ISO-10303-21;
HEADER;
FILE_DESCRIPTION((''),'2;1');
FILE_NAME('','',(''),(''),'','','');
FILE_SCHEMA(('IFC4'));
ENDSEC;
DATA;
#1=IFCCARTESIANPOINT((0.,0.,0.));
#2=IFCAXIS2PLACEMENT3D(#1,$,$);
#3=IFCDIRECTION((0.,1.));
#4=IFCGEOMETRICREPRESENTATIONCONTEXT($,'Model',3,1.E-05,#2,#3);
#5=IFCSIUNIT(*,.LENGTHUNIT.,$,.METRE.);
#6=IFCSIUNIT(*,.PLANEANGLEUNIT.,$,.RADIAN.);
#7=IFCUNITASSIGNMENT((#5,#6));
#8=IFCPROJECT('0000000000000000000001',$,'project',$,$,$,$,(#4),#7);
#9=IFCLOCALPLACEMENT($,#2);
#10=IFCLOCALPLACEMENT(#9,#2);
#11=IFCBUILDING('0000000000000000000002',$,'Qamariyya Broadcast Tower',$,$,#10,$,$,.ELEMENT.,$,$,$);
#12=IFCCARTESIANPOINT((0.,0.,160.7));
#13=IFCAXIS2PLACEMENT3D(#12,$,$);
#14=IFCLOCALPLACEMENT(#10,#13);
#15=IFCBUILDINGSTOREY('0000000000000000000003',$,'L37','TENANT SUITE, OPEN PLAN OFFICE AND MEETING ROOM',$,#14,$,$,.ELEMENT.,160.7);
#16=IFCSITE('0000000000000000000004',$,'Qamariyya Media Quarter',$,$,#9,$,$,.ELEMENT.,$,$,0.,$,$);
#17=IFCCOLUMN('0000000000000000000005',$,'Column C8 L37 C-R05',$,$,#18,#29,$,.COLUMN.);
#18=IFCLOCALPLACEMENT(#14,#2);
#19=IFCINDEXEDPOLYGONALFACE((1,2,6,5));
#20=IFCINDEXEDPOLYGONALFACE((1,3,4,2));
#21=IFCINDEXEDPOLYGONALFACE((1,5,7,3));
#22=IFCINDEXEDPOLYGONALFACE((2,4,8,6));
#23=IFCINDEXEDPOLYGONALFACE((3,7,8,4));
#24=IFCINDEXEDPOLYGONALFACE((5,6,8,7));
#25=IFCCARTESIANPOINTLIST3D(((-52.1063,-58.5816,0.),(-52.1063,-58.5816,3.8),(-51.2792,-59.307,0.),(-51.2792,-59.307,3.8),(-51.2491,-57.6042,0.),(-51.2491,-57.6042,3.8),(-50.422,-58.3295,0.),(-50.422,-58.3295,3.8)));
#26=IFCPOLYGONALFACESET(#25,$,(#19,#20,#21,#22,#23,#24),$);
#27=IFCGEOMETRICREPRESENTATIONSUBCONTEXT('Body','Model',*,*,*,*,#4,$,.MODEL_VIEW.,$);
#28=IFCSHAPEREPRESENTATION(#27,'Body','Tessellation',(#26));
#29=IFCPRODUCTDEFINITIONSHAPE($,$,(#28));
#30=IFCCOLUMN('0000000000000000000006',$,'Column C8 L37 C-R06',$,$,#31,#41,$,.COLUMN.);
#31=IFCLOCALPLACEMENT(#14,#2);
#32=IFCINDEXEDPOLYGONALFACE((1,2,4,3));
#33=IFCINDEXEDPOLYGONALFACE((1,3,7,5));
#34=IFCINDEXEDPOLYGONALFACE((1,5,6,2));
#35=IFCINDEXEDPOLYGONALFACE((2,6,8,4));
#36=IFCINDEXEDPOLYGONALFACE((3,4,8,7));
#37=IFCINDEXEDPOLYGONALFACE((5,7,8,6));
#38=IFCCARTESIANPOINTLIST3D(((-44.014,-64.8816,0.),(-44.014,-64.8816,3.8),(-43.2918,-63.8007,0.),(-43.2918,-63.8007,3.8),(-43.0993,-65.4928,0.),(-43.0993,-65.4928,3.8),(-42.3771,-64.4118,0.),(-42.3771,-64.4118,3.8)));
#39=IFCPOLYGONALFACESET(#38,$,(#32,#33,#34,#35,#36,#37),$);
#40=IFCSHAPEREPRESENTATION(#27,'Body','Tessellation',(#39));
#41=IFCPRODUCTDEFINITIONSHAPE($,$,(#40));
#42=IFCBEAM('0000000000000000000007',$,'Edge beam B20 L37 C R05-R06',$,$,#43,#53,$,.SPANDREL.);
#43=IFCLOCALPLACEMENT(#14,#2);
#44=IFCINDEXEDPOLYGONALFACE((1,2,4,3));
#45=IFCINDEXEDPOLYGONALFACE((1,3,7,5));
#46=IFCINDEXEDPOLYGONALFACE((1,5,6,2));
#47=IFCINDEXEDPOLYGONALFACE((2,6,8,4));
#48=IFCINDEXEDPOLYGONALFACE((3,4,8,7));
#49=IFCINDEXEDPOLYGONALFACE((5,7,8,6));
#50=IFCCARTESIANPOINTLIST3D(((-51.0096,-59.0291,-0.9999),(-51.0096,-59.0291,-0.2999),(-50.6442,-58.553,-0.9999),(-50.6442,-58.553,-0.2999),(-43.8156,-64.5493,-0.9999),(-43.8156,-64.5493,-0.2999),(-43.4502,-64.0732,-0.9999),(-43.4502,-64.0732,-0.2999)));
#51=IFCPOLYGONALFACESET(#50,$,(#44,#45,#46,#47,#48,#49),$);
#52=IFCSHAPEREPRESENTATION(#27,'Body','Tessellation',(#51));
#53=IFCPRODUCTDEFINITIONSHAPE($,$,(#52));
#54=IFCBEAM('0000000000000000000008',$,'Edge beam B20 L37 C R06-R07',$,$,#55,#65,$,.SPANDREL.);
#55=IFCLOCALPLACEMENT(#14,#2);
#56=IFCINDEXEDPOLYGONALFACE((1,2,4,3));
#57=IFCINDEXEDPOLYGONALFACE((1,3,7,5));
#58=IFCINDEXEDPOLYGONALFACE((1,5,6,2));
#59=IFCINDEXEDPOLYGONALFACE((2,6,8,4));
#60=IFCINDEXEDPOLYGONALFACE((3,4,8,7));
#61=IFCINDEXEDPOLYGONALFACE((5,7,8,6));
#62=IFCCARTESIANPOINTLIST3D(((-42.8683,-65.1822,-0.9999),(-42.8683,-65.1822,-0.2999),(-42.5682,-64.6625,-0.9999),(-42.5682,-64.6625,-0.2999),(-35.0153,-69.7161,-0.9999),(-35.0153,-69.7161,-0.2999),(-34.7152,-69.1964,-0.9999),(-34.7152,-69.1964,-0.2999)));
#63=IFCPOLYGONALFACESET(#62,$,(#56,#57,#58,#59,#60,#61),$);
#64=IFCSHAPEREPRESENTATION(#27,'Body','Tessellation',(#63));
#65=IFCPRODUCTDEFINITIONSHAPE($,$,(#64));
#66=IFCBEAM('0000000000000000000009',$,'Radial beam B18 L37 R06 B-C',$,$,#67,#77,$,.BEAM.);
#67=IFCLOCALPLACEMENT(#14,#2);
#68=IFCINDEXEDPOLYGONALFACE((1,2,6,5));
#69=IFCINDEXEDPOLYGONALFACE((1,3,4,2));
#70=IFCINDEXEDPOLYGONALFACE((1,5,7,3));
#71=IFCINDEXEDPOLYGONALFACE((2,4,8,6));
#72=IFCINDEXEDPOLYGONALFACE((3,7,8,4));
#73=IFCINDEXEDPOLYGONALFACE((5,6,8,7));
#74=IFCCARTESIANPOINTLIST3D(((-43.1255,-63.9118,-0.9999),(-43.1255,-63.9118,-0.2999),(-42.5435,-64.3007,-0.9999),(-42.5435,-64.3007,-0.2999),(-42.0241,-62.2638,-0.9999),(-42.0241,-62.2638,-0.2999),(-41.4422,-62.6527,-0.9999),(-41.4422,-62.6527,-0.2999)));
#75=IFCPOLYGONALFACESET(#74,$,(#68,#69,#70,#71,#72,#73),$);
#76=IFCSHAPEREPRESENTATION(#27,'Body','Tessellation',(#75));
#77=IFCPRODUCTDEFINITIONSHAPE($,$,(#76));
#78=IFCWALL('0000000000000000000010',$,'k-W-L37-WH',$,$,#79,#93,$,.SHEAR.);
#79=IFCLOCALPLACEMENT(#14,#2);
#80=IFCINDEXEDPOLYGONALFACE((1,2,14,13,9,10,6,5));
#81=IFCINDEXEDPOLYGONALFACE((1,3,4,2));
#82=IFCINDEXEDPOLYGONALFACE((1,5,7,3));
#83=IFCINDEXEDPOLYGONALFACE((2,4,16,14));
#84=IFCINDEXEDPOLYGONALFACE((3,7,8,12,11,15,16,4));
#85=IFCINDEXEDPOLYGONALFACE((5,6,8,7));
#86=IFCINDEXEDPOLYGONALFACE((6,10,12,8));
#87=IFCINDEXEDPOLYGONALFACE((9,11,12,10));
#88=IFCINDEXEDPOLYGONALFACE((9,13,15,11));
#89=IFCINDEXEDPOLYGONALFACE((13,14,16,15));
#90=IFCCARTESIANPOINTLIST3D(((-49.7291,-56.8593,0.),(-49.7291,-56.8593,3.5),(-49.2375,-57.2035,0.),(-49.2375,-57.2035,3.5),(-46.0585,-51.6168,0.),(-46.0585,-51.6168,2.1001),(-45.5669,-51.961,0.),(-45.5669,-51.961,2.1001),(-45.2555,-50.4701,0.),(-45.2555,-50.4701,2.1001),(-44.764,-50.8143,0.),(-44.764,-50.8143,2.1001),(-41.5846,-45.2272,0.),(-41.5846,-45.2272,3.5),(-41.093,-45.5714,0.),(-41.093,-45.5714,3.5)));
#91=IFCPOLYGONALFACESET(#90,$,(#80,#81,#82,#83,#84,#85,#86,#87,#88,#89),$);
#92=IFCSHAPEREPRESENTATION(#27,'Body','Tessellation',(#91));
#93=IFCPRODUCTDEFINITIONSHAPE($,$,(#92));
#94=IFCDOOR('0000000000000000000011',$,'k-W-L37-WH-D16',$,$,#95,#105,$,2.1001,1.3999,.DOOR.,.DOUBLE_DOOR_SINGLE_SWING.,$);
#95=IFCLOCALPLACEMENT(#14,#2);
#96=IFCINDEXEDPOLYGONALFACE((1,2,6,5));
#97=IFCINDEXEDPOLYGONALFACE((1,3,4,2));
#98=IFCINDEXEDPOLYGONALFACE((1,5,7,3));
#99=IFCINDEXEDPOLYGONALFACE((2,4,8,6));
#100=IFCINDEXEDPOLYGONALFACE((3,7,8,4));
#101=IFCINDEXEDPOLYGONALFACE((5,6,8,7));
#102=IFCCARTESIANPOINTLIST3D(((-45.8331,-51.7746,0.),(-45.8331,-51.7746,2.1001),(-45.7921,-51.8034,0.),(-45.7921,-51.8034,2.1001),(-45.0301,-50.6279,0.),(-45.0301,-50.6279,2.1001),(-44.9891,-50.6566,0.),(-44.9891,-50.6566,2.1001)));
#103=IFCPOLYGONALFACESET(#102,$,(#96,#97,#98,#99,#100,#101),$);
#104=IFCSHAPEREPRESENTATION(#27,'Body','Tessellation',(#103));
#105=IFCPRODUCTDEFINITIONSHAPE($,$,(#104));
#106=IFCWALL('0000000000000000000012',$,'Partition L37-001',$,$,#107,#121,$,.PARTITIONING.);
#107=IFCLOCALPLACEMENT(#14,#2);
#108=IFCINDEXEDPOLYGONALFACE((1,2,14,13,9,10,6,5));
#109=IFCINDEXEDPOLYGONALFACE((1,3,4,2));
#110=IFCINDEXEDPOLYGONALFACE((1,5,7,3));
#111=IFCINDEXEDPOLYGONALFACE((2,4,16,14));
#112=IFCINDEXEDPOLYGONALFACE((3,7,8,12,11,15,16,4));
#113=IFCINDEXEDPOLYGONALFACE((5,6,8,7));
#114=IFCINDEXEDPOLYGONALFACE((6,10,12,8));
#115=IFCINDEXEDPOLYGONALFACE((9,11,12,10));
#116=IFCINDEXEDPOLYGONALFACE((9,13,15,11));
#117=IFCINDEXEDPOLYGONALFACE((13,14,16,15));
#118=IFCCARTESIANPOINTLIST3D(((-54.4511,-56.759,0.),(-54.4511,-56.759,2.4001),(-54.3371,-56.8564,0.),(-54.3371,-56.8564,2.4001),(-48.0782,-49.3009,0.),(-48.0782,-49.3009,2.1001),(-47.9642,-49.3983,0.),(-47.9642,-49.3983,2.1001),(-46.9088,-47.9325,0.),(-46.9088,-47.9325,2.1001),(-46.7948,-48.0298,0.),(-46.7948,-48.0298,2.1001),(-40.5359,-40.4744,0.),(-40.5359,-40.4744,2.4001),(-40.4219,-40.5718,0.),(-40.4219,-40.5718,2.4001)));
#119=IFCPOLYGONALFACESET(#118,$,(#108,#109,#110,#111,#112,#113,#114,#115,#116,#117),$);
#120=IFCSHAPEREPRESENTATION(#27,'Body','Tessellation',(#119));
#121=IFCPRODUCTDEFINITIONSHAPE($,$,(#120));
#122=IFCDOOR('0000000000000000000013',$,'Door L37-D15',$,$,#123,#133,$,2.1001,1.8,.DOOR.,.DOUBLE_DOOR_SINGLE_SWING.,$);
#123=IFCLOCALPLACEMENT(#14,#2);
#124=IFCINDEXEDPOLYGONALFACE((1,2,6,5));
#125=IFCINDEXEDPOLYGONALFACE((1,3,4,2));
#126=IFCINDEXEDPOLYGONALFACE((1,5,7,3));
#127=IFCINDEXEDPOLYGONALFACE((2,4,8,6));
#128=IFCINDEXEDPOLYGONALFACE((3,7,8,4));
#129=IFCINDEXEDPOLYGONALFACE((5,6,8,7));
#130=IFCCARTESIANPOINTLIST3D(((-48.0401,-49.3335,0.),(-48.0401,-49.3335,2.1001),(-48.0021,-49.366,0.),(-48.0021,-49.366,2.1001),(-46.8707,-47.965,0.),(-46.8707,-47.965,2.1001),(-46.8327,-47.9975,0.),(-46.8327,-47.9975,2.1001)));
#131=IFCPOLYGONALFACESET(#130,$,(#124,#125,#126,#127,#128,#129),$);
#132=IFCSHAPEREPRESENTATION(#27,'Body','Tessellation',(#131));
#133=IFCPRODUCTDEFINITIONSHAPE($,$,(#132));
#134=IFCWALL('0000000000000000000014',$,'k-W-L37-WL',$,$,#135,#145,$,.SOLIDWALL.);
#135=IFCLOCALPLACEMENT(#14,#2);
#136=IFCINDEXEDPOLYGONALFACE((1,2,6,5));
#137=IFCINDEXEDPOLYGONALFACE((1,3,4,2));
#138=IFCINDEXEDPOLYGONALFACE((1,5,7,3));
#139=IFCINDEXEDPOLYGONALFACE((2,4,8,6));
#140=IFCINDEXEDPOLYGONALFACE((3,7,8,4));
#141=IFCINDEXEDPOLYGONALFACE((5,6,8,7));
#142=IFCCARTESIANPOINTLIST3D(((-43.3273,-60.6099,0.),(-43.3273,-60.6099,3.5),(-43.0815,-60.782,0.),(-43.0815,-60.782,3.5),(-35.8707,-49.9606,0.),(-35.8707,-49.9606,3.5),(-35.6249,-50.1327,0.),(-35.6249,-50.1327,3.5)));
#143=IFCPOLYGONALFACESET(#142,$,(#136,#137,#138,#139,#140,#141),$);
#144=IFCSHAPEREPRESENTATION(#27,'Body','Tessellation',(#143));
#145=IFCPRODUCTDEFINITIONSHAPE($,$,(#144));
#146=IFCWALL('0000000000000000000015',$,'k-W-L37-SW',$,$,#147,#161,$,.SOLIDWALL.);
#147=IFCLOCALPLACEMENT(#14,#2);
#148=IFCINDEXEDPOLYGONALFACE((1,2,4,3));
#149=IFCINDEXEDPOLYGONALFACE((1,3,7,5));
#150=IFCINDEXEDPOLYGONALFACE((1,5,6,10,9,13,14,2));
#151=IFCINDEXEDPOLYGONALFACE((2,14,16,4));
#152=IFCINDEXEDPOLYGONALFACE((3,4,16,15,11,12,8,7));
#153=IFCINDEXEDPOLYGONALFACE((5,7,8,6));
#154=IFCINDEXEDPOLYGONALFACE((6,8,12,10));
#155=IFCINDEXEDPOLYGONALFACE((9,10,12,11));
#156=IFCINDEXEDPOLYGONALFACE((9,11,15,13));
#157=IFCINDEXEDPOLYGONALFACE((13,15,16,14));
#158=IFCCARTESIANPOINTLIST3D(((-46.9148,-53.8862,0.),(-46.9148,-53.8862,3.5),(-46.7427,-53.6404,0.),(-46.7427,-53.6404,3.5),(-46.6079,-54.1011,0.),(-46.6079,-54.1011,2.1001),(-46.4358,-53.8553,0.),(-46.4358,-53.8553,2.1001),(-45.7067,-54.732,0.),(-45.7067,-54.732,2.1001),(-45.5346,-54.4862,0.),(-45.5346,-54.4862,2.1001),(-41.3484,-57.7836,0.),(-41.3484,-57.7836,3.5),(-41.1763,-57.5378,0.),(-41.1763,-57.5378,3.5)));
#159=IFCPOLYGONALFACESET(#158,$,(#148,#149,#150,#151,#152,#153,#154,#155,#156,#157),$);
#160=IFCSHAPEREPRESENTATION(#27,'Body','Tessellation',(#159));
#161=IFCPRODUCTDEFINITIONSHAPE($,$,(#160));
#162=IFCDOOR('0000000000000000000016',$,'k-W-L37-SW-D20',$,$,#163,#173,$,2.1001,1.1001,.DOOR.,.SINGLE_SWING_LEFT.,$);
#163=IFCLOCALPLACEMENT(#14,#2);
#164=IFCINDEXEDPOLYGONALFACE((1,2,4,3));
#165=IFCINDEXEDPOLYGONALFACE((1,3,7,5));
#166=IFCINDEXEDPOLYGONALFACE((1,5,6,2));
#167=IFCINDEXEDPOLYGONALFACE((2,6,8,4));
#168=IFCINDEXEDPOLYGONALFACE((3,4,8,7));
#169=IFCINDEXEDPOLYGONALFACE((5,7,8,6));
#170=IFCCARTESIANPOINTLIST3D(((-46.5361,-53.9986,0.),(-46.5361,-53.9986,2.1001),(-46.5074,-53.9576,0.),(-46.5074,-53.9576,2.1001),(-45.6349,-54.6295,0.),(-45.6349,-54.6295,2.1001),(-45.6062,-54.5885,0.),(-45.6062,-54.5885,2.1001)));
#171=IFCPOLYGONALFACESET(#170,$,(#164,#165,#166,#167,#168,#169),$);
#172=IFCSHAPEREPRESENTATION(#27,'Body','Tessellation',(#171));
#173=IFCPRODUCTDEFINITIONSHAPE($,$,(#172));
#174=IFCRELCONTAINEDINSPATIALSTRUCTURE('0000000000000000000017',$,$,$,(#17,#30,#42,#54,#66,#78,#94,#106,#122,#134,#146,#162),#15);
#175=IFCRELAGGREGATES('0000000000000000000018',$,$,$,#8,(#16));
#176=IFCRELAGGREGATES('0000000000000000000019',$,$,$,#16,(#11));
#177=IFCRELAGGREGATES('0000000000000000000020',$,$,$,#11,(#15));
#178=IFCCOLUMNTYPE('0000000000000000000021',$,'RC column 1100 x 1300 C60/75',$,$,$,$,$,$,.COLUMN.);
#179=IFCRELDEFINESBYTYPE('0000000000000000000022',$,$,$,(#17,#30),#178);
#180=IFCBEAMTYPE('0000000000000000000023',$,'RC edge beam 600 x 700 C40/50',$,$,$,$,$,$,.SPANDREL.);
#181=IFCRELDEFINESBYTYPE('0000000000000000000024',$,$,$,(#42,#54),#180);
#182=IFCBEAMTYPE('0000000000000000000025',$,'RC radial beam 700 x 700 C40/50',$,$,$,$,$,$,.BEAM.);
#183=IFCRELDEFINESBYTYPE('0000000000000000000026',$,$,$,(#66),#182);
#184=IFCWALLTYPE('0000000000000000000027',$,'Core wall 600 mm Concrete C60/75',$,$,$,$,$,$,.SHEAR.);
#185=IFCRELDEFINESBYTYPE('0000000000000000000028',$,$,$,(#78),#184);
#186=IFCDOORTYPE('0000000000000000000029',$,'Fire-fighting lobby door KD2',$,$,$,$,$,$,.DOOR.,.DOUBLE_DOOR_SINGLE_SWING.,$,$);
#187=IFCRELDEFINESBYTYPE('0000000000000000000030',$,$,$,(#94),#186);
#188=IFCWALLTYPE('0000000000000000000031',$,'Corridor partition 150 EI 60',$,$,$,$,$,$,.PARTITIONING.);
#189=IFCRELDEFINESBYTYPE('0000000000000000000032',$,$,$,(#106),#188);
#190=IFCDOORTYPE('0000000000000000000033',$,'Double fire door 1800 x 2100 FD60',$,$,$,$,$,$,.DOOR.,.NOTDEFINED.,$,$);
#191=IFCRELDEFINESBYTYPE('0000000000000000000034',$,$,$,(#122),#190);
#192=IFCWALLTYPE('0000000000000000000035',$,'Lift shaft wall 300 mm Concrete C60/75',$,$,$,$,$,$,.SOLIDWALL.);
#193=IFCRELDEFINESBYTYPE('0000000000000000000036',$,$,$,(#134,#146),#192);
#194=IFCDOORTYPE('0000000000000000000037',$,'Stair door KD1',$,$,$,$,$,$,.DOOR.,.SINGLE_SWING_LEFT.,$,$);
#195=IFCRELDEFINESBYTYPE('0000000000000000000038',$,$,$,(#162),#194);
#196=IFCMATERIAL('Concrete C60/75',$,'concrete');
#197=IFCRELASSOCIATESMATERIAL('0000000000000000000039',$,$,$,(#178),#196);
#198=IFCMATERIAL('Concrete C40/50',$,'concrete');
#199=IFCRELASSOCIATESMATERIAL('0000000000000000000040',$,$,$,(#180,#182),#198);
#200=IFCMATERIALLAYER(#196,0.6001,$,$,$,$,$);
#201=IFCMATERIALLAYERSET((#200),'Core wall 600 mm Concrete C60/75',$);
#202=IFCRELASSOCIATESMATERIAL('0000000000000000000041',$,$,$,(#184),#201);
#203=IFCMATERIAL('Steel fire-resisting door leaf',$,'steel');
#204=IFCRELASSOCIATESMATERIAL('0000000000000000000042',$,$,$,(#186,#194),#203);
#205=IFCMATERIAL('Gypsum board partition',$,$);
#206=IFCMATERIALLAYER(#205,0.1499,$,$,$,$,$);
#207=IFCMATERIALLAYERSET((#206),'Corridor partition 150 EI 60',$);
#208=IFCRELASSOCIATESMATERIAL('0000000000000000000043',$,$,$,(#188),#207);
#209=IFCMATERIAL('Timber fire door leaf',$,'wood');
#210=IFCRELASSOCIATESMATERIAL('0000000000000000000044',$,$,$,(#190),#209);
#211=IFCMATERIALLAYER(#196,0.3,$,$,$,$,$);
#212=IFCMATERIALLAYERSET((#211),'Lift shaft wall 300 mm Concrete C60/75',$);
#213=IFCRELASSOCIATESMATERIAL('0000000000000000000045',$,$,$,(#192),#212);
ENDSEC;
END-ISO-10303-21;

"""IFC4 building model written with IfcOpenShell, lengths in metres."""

from ifc_helpers import new_model, si_unit, direction, frame, frame_2d, origin, origin_2d, place, context, subcontext, project, spatial, rectangle, extrude, material, layer, layer_set, material_profile, profile_set, type_object, element, fill, save


model = new_model("IFC4")

# Units and contexts
model_context = context("Model", 3, precision=1e-05, world=origin(), true_north=direction((0.0, 1.0)))
body_context = subcontext(model_context, "Body", "Model", "MODEL_VIEW")
ifc_project = project(units=[si_unit("LENGTHUNIT", "METRE"), si_unit("PLANEANGLEUNIT", "RADIAN")], contexts=[model_context])

# Site, building, storey
site_placement = place(None, origin())
site = spatial("IfcSite", under=ifc_project, at=site_placement, Name="Qamariyya Media Quarter", CompositionType="ELEMENT", RefElevation=0.0)
building_placement = place(site_placement, origin())
building = spatial("IfcBuilding", under=site, at=building_placement, Name="Qamariyya Broadcast Tower", CompositionType="ELEMENT")
storey_placement = place(building_placement, frame((0.0, 0.0, 160.7)))
storey = spatial("IfcBuildingStorey", under=building, at=storey_placement, Name="L37", Description="TENANT SUITE, OPEN PLAN OFFICE AND MEETING ROOM", CompositionType="ELEMENT", Elevation=160.7)

# Columns
ifc_material_1 = material(Name="Concrete C60/75", Category="concrete")
ifc_material_profile_1 = material_profile(ifc_material_1, rectangle(XDim=1.1001, YDim=1.3, at=origin_2d()))
ifc_profile_set_1 = profile_set([ifc_material_profile_1], Name="Concrete C60/75")
column_type = type_object("IfcColumnType", Name="RC column 1100 x 1300 C60/75", PredefinedType="COLUMN", material=ifc_profile_set_1)
for number, where, z_axis, x_axis, name in (
    (1, (-51.2642, -58.4556, 0.0), (0.0, 0.0, 1.0), (0.75184, -0.659346, 0.0), "Column C8 L37 C-R05"),
    (2, (-43.1956, -64.6467, 0.0), (0.0, 0.0, 1.0), (0.83147, -0.55557, 0.0), "Column C8 L37 C-R06"),
):
    element("IfcColumn", number, at=place(storey_placement, frame(where, z_axis=z_axis, x_axis=x_axis)), inside=storey, type_object=column_type, Name=name, PredefinedType="COLUMN", context=body_context, shape_type="SweptSolid", body=[
        extrude(rectangle(XDim=1.1001, YDim=1.3, at=origin_2d()), origin(), (0.0, 0.0, 1.0), 3.8),
    ])

# Beams
ifc_material_2 = material(Name="Concrete C40/50", Category="concrete")
ifc_material_profile_2 = material_profile(ifc_material_2, rectangle(XDim=0.6001, YDim=0.7, at=origin_2d()))
ifc_profile_set_2 = profile_set([ifc_material_profile_2], Name="Concrete C40/50")
beam_type_1 = type_object("IfcBeamType", Name="RC edge beam 600 x 700 C40/50", PredefinedType="SPANDREL", material=ifc_profile_set_2)
for number, where, z_axis, x_axis, name in (
    (3, (-50.8269, -58.791, -0.6499), (0.793351, -0.608764, 0.0), (0.608764, 0.793351, 0.0), "Edge beam B20 L37 C R05-R06"),
    (4, (-42.7183, -64.9224, -0.6499), (0.866026, -0.499999, 0.0), (0.499999, 0.866026, 0.0), "Edge beam B20 L37 C R06-R07"),
):
    element("IfcBeam", number, at=place(storey_placement, frame(where, z_axis=z_axis, x_axis=x_axis)), inside=storey, type_object=beam_type_1, Name=name, PredefinedType="SPANDREL", context=body_context, shape_type="SweptSolid", body=[
        extrude(rectangle(XDim=0.6001, YDim=0.7, at=origin_2d()), origin(), (0.0, 0.0, 1.0), 9.0679),
    ])
ifc_material_profile_3 = material_profile(ifc_material_2, rectangle(XDim=0.7, YDim=0.7, at=origin_2d()))
ifc_profile_set_3 = profile_set([ifc_material_profile_3], Name="Concrete C40/50")
beam_type_2 = type_object("IfcBeamType", Name="RC radial beam 700 x 700 C40/50", PredefinedType="BEAM", material=ifc_profile_set_3)
beam_placement = place(storey_placement, frame((-41.7332, -62.4583, -0.6499), z_axis=(-0.555638, -0.831424, 0.0), x_axis=(0.831424, -0.555638, 0.0)))
element("IfcBeam", 5, at=beam_placement, inside=storey, type_object=beam_type_2, Name="Radial beam B18 L37 R06 B-C", PredefinedType="BEAM", context=body_context, shape_type="SweptSolid", body=[
    extrude(rectangle(XDim=0.7, YDim=0.7, at=origin_2d()), origin(), (0.0, 0.0, 1.0), 1.9822),
])

# Walls, openings, doors
ifc_layer_1 = layer(ifc_material_1, 0.6001)
ifc_layer_set_1 = layer_set([ifc_layer_1], Name="Core wall 600 mm Concrete C60/75")
wall_type_1 = type_object("IfcWallType", Name="Core wall 600 mm Concrete C60/75", PredefinedType="SHEAR", material=ifc_layer_set_1)
wall_1_placement = place(storey_placement, frame((-49.4834, -57.0315, 0.0), z_axis=(0.0, 0.0, 1.0), x_axis=(0.57356, 0.819163, 0.0)))
wall_1 = element("IfcWall", 6, at=wall_1_placement, inside=storey, type_object=wall_type_1, Name="k-W-L37-WH", PredefinedType="SHEAR", context=body_context, shape_type="SweptSolid", body=[
    extrude(rectangle(XDim=14.2, YDim=0.6001, at=frame_2d((7.1001, 0.0))), origin(), (0.0, 0.0, 1.0), 3.5),
])
opening_1_placement = place(wall_1_placement, frame((6.3999, 0.0, 0.0)))
opening_1 = element("IfcOpeningElement", 7, at=opening_1_placement, cuts=wall_1, PredefinedType="OPENING", context=body_context, shape_type="SweptSolid", body=[
    extrude(rectangle(XDim=1.3999, YDim=2.1001, at=frame_2d((0.7, 1.05))), frame((0.0, 0.3101, 0.0), z_axis=(0.0, -1.0, 0.0), x_axis=(1.0, 0.0, 0.0)), (0.0, 0.0, 1.0), 0.6201),
])
ifc_material_3 = material(Name="Steel fire-resisting door leaf", Category="steel")
door_type_1 = type_object("IfcDoorType", Name="Fire-fighting lobby door KD2", OperationType="DOUBLE_DOOR_SINGLE_SWING", PredefinedType="DOOR", material=ifc_material_3)
door_1_placement = place(opening_1_placement, origin())
door_1 = element("IfcDoor", 8, at=door_1_placement, inside=storey, type_object=door_type_1, Name="k-W-L37-WH-D16", OperationType="DOUBLE_DOOR_SINGLE_SWING", OverallHeight=2.1001, OverallWidth=1.3999, PredefinedType="DOOR", context=body_context, shape_type="SweptSolid", body=[
    extrude(rectangle(XDim=1.3999, YDim=2.1001, at=frame_2d((0.7, 1.05))), frame((0.0, 0.0249, 0.0), z_axis=(0.0, -1.0, 0.0), x_axis=(1.0, 0.0, 0.0)), (0.0, 0.0, 1.0), 0.05),
])
fill(opening_1, door_1)
ifc_material_4 = material(Name="Gypsum board partition")
ifc_layer_2 = layer(ifc_material_4, 0.1499)
ifc_layer_set_2 = layer_set([ifc_layer_2], Name="Corridor partition 150 EI 60")
wall_type_2 = type_object("IfcWallType", Name="Corridor partition 150 EI 60", PredefinedType="PARTITIONING", material=ifc_layer_set_2)
wall_2_placement = place(storey_placement, frame((-54.394, -56.8076, 0.0), z_axis=(0.0, 0.0, 1.0), x_axis=(0.649633, 0.760248, 0.0)))
wall_2 = element("IfcWall", 9, at=wall_2_placement, inside=storey, type_object=wall_type_2, Name="Partition L37-001", PredefinedType="PARTITIONING", context=body_context, shape_type="SweptSolid", body=[
    extrude(rectangle(XDim=21.4202, YDim=0.1499, at=frame_2d((10.71, 0.0))), origin(), (0.0, 0.0, 1.0), 2.4001),
])
opening_2_placement = place(wall_2_placement, frame((9.8101, 0.0, 0.0)))
opening_2 = element("IfcOpeningElement", 10, at=opening_2_placement, cuts=wall_2, PredefinedType="OPENING", context=body_context, shape_type="SweptSolid", body=[
    extrude(rectangle(XDim=1.8, YDim=2.1001, at=frame_2d((0.8999, 1.05))), frame((0.0, 0.085, 0.0), z_axis=(0.0, -1.0, 0.0), x_axis=(1.0, 0.0, 0.0)), (0.0, 0.0, 1.0), 0.1699),
])
ifc_material_5 = material(Name="Timber fire door leaf", Category="wood")
door_type_2 = type_object("IfcDoorType", Name="Double fire door 1800 x 2100 FD60", OperationType="NOTDEFINED", PredefinedType="DOOR", material=ifc_material_5)
door_2_placement = place(opening_2_placement, origin())
door_2 = element("IfcDoor", 11, at=door_2_placement, inside=storey, type_object=door_type_2, Name="Door L37-D15", OperationType="DOUBLE_DOOR_SINGLE_SWING", OverallHeight=2.1001, OverallWidth=1.8, PredefinedType="DOOR", context=body_context, shape_type="SweptSolid", body=[
    extrude(rectangle(XDim=1.8, YDim=2.1001, at=frame_2d((0.8999, 1.05))), frame((0.0, 0.0249, 0.0), z_axis=(0.0, -1.0, 0.0), x_axis=(1.0, 0.0, 0.0)), (0.0, 0.0, 1.0), 0.05),
])
fill(opening_2, door_2)

# Wall
ifc_layer_3 = layer(ifc_material_1, 0.3)
ifc_layer_set_3 = layer_set([ifc_layer_3], Name="Lift shaft wall 300 mm Concrete C60/75")
wall_type_3 = type_object("IfcWallType", Name="Lift shaft wall 300 mm Concrete C60/75", PredefinedType="SOLIDWALL", material=ifc_layer_set_3)
wall_3_placement = place(storey_placement, frame((-43.2043, -60.6958, 0.0), z_axis=(0.0, 0.0, 1.0), x_axis=(0.573572, 0.819155, 0.0)))
element("IfcWall", 12, at=wall_3_placement, inside=storey, type_object=wall_type_3, Name="k-W-L37-WL", PredefinedType="SOLIDWALL", context=body_context, shape_type="SweptSolid", body=[
    extrude(rectangle(XDim=13.0002, YDim=0.3, at=frame_2d((6.5, 0.0))), origin(), (0.0, 0.0, 1.0), 3.5),
])

# Wall, opening, door
wall_4_placement = place(storey_placement, frame((-41.2625, -57.6606, 0.0), z_axis=(0.0, 0.0, 1.0), x_axis=(-0.819164, 0.573559, 0.0)))
wall_4 = element("IfcWall", 13, at=wall_4_placement, inside=storey, type_object=wall_type_3, Name="k-W-L37-SW", PredefinedType="SOLIDWALL", context=body_context, shape_type="SweptSolid", body=[
    extrude(rectangle(XDim=6.7952, YDim=0.3, at=frame_2d((3.3975, 0.0))), origin(), (0.0, 0.0, 1.0), 3.5),
])
opening_3_placement = place(wall_4_placement, frame((5.3203, 0.0, 0.0)))
opening_3 = element("IfcOpeningElement", 14, at=opening_3_placement, cuts=wall_4, PredefinedType="OPENING", context=body_context, shape_type="SweptSolid", body=[
    extrude(rectangle(XDim=1.1001, YDim=2.1001, at=frame_2d((0.55, 1.05))), frame((0.0, 0.1599, 0.0), z_axis=(0.0, -1.0, 0.0), x_axis=(1.0, 0.0, 0.0)), (0.0, 0.0, 1.0), 0.3201),
])
door_type_3 = type_object("IfcDoorType", Name="Stair door KD1", OperationType="SINGLE_SWING_LEFT", PredefinedType="DOOR", material=ifc_material_3)
door_3_placement = place(opening_3_placement, origin())
door_3 = element("IfcDoor", 15, at=door_3_placement, inside=storey, type_object=door_type_3, Name="k-W-L37-SW-D20", OperationType="SINGLE_SWING_LEFT", OverallHeight=2.1001, OverallWidth=1.1001, PredefinedType="DOOR", context=body_context, shape_type="SweptSolid", body=[
    extrude(rectangle(XDim=1.1001, YDim=2.1001, at=frame_2d((0.55, 1.05))), frame((0.0, 0.0249, 0.0), z_axis=(0.0, -1.0, 0.0), x_axis=(1.0, 0.0, 0.0)), (0.0, 0.0, 1.0), 0.05),
])
fill(opening_3, door_3)

save(model, "model.ifc")
